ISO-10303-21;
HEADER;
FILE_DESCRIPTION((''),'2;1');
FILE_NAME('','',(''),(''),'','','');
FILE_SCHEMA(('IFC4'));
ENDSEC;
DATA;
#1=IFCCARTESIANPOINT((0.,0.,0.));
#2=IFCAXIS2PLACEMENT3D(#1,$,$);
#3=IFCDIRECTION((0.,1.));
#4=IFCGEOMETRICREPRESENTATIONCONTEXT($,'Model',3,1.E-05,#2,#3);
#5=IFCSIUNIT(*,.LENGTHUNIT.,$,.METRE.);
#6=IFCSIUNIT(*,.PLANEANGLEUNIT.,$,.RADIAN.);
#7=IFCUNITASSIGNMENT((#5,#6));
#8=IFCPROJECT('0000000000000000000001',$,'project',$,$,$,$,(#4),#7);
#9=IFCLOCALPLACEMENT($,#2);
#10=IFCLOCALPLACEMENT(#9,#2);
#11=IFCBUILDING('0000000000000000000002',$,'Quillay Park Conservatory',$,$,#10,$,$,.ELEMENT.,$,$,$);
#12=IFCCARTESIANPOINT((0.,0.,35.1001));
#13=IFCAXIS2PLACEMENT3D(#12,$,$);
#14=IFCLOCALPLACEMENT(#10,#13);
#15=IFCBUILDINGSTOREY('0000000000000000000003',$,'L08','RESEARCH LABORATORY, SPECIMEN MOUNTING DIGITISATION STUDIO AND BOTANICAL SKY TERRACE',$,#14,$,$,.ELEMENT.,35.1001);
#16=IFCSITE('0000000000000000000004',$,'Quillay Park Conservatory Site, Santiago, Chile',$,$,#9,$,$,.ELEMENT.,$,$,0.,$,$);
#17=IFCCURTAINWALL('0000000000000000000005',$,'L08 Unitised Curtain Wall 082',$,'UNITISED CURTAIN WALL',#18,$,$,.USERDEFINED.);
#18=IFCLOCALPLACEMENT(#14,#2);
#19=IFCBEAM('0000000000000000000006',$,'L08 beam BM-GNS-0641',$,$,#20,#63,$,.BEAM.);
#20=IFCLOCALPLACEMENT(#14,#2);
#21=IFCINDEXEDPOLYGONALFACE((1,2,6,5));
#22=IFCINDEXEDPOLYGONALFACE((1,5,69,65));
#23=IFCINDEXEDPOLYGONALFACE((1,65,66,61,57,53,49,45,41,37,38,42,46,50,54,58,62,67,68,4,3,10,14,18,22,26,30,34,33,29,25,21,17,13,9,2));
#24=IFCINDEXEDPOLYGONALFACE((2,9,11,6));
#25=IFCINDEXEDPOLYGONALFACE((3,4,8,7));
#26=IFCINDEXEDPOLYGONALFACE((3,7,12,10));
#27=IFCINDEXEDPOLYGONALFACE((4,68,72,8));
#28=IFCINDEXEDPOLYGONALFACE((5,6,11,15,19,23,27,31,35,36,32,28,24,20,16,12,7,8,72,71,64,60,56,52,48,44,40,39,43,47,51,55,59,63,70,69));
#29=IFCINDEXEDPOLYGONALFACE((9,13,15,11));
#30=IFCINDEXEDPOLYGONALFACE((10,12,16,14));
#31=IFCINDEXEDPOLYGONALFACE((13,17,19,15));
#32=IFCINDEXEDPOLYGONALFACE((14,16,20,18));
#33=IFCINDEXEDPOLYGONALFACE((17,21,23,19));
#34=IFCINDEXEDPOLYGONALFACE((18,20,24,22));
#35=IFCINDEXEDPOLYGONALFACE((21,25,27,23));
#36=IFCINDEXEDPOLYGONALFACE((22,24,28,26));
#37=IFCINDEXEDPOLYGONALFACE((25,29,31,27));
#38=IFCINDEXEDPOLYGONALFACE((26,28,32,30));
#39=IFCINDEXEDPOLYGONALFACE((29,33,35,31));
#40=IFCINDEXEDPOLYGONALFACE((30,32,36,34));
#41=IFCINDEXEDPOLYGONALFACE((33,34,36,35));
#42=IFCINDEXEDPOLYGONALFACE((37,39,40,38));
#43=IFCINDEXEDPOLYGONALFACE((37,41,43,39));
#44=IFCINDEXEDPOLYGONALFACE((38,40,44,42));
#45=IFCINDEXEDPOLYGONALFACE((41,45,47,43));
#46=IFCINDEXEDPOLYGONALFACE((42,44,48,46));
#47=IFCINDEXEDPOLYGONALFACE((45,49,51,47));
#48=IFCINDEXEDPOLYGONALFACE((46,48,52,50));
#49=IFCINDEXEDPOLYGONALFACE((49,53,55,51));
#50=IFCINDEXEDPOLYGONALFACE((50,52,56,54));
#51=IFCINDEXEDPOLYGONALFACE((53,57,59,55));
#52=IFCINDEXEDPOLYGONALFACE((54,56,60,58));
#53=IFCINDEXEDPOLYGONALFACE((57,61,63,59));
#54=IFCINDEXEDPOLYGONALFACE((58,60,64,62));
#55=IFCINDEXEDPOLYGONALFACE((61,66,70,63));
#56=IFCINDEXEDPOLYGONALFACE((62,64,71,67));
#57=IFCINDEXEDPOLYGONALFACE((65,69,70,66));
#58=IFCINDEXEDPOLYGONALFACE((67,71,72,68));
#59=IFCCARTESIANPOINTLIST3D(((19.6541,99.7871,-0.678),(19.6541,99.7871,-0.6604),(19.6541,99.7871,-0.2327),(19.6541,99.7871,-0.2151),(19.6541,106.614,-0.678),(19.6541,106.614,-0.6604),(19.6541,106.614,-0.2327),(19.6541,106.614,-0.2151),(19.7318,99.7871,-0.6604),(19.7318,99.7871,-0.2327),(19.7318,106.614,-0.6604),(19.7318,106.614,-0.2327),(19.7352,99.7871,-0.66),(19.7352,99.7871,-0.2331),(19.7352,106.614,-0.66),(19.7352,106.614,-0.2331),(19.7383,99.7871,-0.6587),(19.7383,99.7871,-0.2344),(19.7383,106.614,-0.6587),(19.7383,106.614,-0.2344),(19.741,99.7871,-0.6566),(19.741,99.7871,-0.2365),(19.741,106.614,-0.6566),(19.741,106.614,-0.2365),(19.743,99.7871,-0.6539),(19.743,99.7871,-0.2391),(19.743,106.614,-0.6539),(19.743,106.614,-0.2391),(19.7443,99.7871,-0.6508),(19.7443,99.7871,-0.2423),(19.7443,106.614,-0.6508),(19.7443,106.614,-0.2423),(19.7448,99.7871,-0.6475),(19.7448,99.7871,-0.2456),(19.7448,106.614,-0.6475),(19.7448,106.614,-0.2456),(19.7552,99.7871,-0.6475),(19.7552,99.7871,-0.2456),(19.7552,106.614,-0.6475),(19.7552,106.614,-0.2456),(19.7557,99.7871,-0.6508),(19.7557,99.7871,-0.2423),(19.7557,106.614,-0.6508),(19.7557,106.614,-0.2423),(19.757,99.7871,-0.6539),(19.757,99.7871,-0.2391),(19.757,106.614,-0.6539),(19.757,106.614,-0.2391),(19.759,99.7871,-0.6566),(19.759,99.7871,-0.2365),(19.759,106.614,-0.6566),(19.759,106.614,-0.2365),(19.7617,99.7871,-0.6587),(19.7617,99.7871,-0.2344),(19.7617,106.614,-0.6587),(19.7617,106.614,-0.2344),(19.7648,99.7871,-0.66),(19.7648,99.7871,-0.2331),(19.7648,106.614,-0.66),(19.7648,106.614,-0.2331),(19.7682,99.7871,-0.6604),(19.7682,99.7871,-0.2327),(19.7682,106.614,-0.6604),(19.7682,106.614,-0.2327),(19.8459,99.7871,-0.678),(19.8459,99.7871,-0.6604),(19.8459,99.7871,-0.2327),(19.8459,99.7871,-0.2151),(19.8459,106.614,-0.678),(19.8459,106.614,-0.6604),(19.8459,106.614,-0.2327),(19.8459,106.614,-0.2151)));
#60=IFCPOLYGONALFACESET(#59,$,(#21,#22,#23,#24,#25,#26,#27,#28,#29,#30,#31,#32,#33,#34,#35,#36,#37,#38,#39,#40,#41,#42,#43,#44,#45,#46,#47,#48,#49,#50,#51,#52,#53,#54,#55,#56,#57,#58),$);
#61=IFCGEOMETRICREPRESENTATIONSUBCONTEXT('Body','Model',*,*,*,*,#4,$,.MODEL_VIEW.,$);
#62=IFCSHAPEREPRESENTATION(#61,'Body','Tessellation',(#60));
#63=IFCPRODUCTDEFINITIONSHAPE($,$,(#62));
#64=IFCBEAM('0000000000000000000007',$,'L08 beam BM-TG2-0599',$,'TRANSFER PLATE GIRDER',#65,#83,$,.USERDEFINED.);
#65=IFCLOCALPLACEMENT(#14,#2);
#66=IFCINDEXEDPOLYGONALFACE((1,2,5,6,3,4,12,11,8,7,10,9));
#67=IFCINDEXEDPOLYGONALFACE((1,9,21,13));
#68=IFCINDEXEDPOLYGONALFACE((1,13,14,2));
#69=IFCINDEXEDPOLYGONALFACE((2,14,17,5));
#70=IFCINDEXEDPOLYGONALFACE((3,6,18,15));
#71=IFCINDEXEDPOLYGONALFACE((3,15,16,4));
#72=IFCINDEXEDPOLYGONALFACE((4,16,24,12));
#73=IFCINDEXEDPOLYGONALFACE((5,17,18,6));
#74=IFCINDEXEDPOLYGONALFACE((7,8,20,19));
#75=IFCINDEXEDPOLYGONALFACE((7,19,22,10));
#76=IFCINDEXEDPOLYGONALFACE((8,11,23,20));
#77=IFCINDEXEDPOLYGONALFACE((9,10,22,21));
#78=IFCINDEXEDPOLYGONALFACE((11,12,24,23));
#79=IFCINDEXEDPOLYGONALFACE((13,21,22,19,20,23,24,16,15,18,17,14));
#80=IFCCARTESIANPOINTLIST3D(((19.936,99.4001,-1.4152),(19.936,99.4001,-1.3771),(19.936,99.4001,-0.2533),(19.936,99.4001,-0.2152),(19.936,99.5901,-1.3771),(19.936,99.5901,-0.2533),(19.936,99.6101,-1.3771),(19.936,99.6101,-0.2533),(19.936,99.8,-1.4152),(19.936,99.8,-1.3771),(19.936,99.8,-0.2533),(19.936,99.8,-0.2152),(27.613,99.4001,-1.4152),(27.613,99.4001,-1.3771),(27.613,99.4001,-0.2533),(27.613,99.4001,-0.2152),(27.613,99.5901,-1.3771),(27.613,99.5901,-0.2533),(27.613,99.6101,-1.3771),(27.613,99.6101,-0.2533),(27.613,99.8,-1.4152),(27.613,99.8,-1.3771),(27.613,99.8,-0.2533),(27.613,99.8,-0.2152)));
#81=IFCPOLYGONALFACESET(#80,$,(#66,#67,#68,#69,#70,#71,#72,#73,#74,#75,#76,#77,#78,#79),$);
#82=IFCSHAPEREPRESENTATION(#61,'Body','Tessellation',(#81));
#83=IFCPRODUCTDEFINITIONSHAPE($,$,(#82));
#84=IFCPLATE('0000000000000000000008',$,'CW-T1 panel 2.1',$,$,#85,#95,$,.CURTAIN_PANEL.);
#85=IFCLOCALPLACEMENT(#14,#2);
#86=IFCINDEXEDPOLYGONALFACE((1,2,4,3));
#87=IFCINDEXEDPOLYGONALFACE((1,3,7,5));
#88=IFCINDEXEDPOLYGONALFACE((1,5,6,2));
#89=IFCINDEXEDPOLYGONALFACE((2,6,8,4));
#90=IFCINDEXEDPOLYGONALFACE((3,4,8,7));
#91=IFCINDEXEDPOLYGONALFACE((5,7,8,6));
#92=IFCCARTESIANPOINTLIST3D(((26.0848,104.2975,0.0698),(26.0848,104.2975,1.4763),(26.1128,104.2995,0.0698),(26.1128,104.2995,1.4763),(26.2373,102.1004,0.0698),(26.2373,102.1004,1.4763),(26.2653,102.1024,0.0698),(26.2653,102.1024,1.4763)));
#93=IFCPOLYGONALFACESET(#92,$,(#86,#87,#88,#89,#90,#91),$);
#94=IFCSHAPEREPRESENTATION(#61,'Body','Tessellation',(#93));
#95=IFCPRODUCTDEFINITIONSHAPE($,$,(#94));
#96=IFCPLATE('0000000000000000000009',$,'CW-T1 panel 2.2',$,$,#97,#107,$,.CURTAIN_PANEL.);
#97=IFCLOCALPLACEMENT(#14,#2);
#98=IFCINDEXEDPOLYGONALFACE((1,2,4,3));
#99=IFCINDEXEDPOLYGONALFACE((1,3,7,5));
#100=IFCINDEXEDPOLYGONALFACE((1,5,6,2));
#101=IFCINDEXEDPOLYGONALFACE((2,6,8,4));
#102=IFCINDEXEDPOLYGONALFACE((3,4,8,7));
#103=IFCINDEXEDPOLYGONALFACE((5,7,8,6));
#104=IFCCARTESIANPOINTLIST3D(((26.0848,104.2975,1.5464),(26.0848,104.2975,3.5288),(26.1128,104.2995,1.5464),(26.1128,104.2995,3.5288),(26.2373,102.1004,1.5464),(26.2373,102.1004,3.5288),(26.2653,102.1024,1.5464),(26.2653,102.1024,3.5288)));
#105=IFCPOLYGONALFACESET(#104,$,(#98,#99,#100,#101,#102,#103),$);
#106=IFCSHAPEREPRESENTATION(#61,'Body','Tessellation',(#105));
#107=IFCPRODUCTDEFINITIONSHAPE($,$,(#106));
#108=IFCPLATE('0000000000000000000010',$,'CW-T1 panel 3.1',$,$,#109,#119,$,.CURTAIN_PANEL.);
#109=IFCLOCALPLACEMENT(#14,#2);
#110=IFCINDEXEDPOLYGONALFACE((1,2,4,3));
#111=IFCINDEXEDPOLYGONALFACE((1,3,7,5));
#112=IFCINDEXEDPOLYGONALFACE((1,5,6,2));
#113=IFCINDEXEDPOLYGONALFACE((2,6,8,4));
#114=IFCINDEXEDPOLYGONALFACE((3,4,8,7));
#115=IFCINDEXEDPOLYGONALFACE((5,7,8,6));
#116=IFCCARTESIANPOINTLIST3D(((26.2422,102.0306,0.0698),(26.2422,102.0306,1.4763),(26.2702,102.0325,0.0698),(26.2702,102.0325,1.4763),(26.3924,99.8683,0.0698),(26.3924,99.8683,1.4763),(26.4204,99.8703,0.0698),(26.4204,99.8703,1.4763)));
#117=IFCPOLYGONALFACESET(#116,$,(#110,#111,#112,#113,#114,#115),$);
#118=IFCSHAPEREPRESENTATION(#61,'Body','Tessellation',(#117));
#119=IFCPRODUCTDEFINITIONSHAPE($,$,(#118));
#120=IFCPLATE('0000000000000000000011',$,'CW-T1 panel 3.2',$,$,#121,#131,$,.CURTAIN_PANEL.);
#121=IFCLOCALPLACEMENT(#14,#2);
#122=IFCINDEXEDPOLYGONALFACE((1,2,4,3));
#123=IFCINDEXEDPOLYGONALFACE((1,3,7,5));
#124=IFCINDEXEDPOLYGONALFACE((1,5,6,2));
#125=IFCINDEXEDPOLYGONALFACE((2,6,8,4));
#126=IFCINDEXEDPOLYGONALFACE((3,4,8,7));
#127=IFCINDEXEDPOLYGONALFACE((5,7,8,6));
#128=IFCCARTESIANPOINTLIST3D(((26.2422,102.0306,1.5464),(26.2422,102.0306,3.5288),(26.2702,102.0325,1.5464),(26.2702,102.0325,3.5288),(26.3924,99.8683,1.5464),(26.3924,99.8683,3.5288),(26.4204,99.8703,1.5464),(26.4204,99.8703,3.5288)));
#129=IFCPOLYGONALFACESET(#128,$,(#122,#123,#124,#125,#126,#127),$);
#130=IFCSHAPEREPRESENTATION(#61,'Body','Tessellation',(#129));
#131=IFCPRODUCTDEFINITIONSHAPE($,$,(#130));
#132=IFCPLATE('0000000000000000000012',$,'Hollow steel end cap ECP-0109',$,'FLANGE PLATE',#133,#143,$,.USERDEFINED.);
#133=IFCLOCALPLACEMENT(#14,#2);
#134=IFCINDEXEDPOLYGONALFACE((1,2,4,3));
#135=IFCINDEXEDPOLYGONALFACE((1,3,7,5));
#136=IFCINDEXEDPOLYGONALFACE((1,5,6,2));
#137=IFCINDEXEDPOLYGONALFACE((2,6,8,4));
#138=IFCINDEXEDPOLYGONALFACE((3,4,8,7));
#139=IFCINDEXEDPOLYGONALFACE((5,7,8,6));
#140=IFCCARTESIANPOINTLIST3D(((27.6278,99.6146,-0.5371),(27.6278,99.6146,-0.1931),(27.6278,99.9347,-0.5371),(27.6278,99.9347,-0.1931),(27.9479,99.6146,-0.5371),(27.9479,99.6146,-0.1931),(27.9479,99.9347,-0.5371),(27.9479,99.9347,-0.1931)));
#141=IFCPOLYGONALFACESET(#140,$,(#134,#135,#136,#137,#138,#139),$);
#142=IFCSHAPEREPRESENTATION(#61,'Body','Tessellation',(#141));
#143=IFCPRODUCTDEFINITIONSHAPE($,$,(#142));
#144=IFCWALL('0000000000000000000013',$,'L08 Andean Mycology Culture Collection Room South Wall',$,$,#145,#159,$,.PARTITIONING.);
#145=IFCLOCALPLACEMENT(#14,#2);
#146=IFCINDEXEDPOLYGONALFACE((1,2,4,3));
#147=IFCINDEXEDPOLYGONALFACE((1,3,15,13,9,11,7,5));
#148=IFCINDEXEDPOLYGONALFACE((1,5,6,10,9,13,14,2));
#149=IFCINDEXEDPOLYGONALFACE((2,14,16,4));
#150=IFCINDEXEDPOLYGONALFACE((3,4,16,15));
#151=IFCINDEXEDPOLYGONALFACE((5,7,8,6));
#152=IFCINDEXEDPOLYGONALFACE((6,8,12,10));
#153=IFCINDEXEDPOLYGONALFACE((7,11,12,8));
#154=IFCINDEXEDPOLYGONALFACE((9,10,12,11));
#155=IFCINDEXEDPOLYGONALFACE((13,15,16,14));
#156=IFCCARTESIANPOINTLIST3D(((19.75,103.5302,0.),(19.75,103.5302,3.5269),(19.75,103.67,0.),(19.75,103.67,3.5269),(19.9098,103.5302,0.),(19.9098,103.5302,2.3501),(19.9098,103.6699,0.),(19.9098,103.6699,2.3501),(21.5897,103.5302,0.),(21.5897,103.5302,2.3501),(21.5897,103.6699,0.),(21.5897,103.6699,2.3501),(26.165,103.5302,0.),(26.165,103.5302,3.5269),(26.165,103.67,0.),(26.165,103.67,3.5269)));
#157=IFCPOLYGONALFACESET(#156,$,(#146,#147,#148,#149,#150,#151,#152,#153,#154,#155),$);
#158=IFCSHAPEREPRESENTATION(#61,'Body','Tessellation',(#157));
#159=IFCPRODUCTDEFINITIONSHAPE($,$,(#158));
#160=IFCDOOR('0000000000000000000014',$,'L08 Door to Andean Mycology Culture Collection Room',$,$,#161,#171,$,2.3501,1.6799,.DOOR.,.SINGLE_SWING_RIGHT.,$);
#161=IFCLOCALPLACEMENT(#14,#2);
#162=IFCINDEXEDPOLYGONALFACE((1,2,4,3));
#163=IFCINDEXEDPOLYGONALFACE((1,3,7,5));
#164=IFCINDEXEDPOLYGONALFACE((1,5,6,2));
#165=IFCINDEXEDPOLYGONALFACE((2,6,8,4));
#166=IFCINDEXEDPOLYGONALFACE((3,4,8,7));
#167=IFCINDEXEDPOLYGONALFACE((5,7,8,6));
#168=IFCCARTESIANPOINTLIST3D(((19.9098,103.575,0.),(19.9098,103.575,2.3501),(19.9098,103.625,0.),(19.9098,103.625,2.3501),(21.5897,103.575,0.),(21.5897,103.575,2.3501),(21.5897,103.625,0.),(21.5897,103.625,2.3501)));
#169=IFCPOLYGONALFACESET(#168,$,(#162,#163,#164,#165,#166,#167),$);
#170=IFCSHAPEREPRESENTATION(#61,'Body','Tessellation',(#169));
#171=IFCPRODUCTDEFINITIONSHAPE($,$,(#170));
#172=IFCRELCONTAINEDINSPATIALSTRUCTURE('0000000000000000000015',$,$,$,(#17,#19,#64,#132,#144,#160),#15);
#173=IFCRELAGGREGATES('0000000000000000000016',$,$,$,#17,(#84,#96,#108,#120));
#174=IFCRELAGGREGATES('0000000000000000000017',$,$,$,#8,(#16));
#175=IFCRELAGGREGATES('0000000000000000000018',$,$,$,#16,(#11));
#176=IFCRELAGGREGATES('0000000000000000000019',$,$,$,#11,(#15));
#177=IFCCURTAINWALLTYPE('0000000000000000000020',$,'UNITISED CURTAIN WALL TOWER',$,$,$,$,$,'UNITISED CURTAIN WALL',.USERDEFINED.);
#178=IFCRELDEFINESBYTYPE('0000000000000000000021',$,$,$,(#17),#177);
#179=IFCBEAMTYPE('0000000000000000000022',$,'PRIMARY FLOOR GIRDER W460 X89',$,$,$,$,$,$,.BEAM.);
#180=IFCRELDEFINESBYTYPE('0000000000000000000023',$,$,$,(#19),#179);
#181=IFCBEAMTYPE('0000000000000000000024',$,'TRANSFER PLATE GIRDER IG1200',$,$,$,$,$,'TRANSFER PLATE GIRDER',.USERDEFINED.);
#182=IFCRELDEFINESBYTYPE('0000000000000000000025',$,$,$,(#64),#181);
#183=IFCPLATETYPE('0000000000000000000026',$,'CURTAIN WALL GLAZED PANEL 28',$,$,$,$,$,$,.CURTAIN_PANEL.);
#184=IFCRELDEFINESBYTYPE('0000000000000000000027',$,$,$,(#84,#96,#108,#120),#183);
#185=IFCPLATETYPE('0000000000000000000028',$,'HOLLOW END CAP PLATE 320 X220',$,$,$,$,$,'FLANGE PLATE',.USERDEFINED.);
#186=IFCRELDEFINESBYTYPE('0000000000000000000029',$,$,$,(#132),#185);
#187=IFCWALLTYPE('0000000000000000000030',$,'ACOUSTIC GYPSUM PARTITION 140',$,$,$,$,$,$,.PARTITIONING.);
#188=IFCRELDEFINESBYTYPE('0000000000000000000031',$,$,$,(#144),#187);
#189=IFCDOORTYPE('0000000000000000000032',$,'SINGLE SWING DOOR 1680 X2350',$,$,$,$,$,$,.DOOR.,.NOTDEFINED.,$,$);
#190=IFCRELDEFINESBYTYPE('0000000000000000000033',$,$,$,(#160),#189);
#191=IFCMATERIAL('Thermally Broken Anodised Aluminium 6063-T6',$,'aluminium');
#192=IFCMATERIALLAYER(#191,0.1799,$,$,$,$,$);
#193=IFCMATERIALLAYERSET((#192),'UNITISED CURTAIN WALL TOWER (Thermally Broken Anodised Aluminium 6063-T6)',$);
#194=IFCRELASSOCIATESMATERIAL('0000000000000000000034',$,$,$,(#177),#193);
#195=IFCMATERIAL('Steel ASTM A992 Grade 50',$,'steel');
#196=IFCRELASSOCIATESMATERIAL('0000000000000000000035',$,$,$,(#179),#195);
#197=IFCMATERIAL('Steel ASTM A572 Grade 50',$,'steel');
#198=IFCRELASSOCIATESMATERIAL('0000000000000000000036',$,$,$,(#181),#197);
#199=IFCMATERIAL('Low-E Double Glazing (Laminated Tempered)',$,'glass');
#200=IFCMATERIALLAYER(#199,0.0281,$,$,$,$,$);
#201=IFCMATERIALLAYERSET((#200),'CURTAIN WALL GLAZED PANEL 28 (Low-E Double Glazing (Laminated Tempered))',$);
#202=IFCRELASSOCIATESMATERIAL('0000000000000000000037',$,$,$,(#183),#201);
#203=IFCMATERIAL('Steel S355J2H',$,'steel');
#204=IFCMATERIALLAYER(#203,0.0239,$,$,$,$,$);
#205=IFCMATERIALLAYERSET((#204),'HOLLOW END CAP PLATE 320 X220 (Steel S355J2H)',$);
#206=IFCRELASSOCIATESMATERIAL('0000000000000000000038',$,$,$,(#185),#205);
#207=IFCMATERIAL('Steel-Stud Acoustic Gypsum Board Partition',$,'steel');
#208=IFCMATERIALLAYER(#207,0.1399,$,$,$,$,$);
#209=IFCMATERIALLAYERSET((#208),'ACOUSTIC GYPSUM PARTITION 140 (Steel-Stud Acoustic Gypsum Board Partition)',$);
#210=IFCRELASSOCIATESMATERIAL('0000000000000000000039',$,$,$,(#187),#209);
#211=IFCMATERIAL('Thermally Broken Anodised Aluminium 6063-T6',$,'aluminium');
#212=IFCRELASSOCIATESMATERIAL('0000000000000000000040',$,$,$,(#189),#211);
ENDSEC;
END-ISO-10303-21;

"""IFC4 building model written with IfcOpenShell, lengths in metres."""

from ifc_helpers import new_model, si_unit, direction, frame, frame_2d, origin, origin_2d, place, context, subcontext, project, spatial, rectangle, i_section, extrude, material, layer, layer_set, material_profile, profile_set, type_object, element, fill, aggregate, save


model = new_model("IFC4")

# Units and contexts
model_context = context("Model", 3, precision=1e-05, world=origin(), true_north=direction((0.0, 1.0)))
body_context = subcontext(model_context, "Body", "Model", "MODEL_VIEW")
ifc_project = project(units=[si_unit("LENGTHUNIT", "METRE"), si_unit("PLANEANGLEUNIT", "RADIAN")], contexts=[model_context])

# Site, building, storey
site_placement = place(None, origin())
site = spatial("IfcSite", under=ifc_project, at=site_placement, Name="Quillay Park Conservatory Site, Santiago, Chile", CompositionType="ELEMENT", RefElevation=0.0)
building_placement = place(site_placement, origin())
building = spatial("IfcBuilding", under=site, at=building_placement, Name="Quillay Park Conservatory", CompositionType="ELEMENT")
storey_placement = place(building_placement, frame((0.0, 0.0, 35.1001)))
storey = spatial("IfcBuildingStorey", under=building, at=storey_placement, Name="L08", Description="RESEARCH LABORATORY, SPECIMEN MOUNTING DIGITISATION STUDIO AND BOTANICAL SKY TERRACE", CompositionType="ELEMENT", Elevation=35.1001)

# Curtain wall
ifc_material_1 = material(Name="Thermally Broken Anodised Aluminium 6063-T6", Category="aluminium")
ifc_layer_1 = layer(ifc_material_1, 0.1799)
ifc_layer_set_1 = layer_set([ifc_layer_1], Name="UNITISED CURTAIN WALL TOWER (Thermally Broken Anodised Aluminium 6063-T6)")
curtain_wall_type = type_object("IfcCurtainWallType", Name="UNITISED CURTAIN WALL TOWER", ElementType="UNITISED CURTAIN WALL", PredefinedType="USERDEFINED", material=ifc_layer_set_1)
curtain_wall_placement = place(storey_placement, origin())
curtain_wall = element("IfcCurtainWall", 1, at=curtain_wall_placement, inside=storey, type_object=curtain_wall_type, Name="L08 Unitised Curtain Wall 082", ObjectType="UNITISED CURTAIN WALL", PredefinedType="USERDEFINED")

# Beams
ifc_material_2 = material(Name="Steel ASTM A992 Grade 50", Category="steel")
ifc_material_profile_1 = material_profile(ifc_material_2, i_section(OverallWidth=0.1919, OverallDepth=0.4629, WebThickness=0.0105, FlangeThickness=0.0176, FilletRadius=0.0129, at=origin_2d()), Name="W460x89")
ifc_profile_set_1 = profile_set([ifc_material_profile_1], Name="Steel ASTM A992 Grade 50")
beam_type_1 = type_object("IfcBeamType", Name="PRIMARY FLOOR GIRDER W460 X89", PredefinedType="BEAM", material=ifc_profile_set_1)
beam_1_placement = place(storey_placement, frame((19.75, 99.7871, -0.4465), z_axis=(0.0, 1.0, 0.0), x_axis=(-1.0, 0.0, 0.0)))
element("IfcBeam", 2, at=beam_1_placement, inside=storey, type_object=beam_type_1, Name="L08 beam BM-GNS-0641", PredefinedType="BEAM", context=body_context, shape_type="SweptSolid", body=[
    extrude(i_section(OverallWidth=0.1919, OverallDepth=0.4629, WebThickness=0.0105, FlangeThickness=0.0176, FilletRadius=0.0129, at=origin_2d()), origin(), (0.0, 0.0, 1.0), 6.8269),
])
ifc_material_3 = material(Name="Steel ASTM A572 Grade 50", Category="steel")
ifc_material_profile_2 = material_profile(ifc_material_3, i_section(OverallWidth=0.3999, OverallDepth=1.2, WebThickness=0.02, FlangeThickness=0.0381, at=origin_2d()), Name="IG1200x400")
ifc_profile_set_2 = profile_set([ifc_material_profile_2], Name="Steel ASTM A572 Grade 50")
beam_type_2 = type_object("IfcBeamType", Name="TRANSFER PLATE GIRDER IG1200", ElementType="TRANSFER PLATE GIRDER", PredefinedType="USERDEFINED", material=ifc_profile_set_2)
beam_2_placement = place(storey_placement, frame((19.936, 99.6001, -0.8152), z_axis=(1.0, 0.0, 0.0), x_axis=(0.0, 1.0, 0.0)))
element("IfcBeam", 3, at=beam_2_placement, inside=storey, type_object=beam_type_2, Name="L08 beam BM-TG2-0599", ObjectType="TRANSFER PLATE GIRDER", PredefinedType="USERDEFINED", context=body_context, shape_type="SweptSolid", body=[
    extrude(i_section(OverallWidth=0.3999, OverallDepth=1.2, WebThickness=0.02, FlangeThickness=0.0381, at=origin_2d()), origin(), (0.0, 0.0, 1.0), 7.677),
])

# Plates
ifc_material_4 = material(Name="Low-E Double Glazing (Laminated Tempered)", Category="glass")
ifc_layer_2 = layer(ifc_material_4, 0.0281)
ifc_layer_set_2 = layer_set([ifc_layer_2], Name="CURTAIN WALL GLAZED PANEL 28 (Low-E Double Glazing (Laminated Tempered))")
plate_type_1 = type_object("IfcPlateType", Name="CURTAIN WALL GLAZED PANEL 28", PredefinedType="CURTAIN_PANEL", material=ifc_layer_set_2)
plate_1_placement = place(storey_placement, frame((26.175, 103.2, 0.0698), z_axis=(0.0, 0.0, 1.0), x_axis=(0.069264, -0.997598, 0.0)))
plate_1 = element("IfcPlate", 4, at=plate_1_placement, type_object=plate_type_1, Name="CW-T1 panel 2.1", PredefinedType="CURTAIN_PANEL", context=body_context, shape_type="SweptSolid", body=[
    extrude(rectangle(XDim=2.2024, YDim=0.0281, at=origin_2d()), origin(), (0.0, 0.0, 1.0), 1.4065),
])
plate_2_placement = place(storey_placement, frame((26.175, 103.2, 1.5464), z_axis=(0.0, 0.0, 1.0), x_axis=(0.069264, -0.997598, 0.0)))
plate_2 = element("IfcPlate", 5, at=plate_2_placement, type_object=plate_type_1, Name="CW-T1 panel 2.2", PredefinedType="CURTAIN_PANEL", context=body_context, shape_type="SweptSolid", body=[
    extrude(rectangle(XDim=2.2024, YDim=0.0281, at=origin_2d()), origin(), (0.0, 0.0, 1.0), 1.9824),
])
plate_3_placement = place(storey_placement, frame((26.3313, 100.9504, 0.0698), z_axis=(0.0, 0.0, 1.0), x_axis=(0.069264, -0.997598, 0.0)))
plate_3 = element("IfcPlate", 6, at=plate_3_placement, type_object=plate_type_1, Name="CW-T1 panel 3.1", PredefinedType="CURTAIN_PANEL", context=body_context, shape_type="SweptSolid", body=[
    extrude(rectangle(XDim=2.1675, YDim=0.0281, at=origin_2d()), origin(), (0.0, 0.0, 1.0), 1.4065),
])
plate_4_placement = place(storey_placement, frame((26.3313, 100.9504, 1.5464), z_axis=(0.0, 0.0, 1.0), x_axis=(0.069264, -0.997598, 0.0)))
plate_4 = element("IfcPlate", 7, at=plate_4_placement, type_object=plate_type_1, Name="CW-T1 panel 3.2", PredefinedType="CURTAIN_PANEL", context=body_context, shape_type="SweptSolid", body=[
    extrude(rectangle(XDim=2.1675, YDim=0.0281, at=origin_2d()), origin(), (0.0, 0.0, 1.0), 1.9824),
])
aggregate(curtain_wall, [plate_1, plate_2, plate_3, plate_4])
ifc_material_5 = material(Name="Steel S355J2H", Category="steel")
ifc_layer_3 = layer(ifc_material_5, 0.0239)
ifc_layer_set_3 = layer_set([ifc_layer_3], Name="HOLLOW END CAP PLATE 320 X220 (Steel S355J2H)")
plate_type_2 = type_object("IfcPlateType", Name="HOLLOW END CAP PLATE 320 X220", ElementType="FLANGE PLATE", PredefinedType="USERDEFINED", material=ifc_layer_set_3)
plate_5_placement = place(storey_placement, frame((27.7878, 99.7747, -0.5371), z_axis=(0.0, 0.0, 1.0), x_axis=(1.0, 0.0, 0.0)))
element("IfcPlate", 8, at=plate_5_placement, inside=storey, type_object=plate_type_2, Name="Hollow steel end cap ECP-0109", ObjectType="FLANGE PLATE", PredefinedType="USERDEFINED", context=body_context, shape_type="SweptSolid", body=[
    extrude(rectangle(XDim=0.3201, YDim=0.3201, at=origin_2d()), origin(), (0.0, 0.0, 1.0), 0.344),
])

# Wall, opening, door
ifc_material_6 = material(Name="Steel-Stud Acoustic Gypsum Board Partition", Category="steel")
ifc_layer_4 = layer(ifc_material_6, 0.1399)
ifc_layer_set_4 = layer_set([ifc_layer_4], Name="ACOUSTIC GYPSUM PARTITION 140 (Steel-Stud Acoustic Gypsum Board Partition)")
wall_type_1 = type_object("IfcWallType", Name="ACOUSTIC GYPSUM PARTITION 140", PredefinedType="PARTITIONING", material=ifc_layer_set_4)
wall_1_placement = place(storey_placement, frame((19.75, 103.6001, 0.0), z_axis=(0.0, 0.0, 1.0), x_axis=(1.0, 0.0, 0.0)))
wall_1 = element("IfcWall", 9, at=wall_1_placement, inside=storey, type_object=wall_type_1, Name="L08 Andean Mycology Culture Collection Room South Wall", PredefinedType="PARTITIONING", context=body_context, shape_type="SweptSolid", body=[
    extrude(rectangle(XDim=6.415, YDim=0.1399, at=frame_2d((3.2075, 0.0))), origin(), (0.0, 0.0, 1.0), 3.5269),
])
opening_1_placement = place(wall_1_placement, frame((0.1599, 0.0, 0.0)))
opening_1 = element("IfcOpeningElement", 10, at=opening_1_placement, cuts=wall_1, PredefinedType="OPENING", context=body_context, shape_type="SweptSolid", body=[
    extrude(rectangle(XDim=1.6799, YDim=2.3501, at=frame_2d((0.8398, 1.175))), frame((0.0, 0.0698, 0.0), z_axis=(0.0, -1.0, 0.0), x_axis=(1.0, 0.0, 0.0)), (0.0, 0.0, 1.0), 0.1399),
])
ifc_material_7 = material(Name="Thermally Broken Anodised Aluminium 6063-T6", Category="aluminium")
door_type_1 = type_object("IfcDoorType", Name="SINGLE SWING DOOR 1680 X2350", OperationType="NOTDEFINED", PredefinedType="DOOR", material=ifc_material_7)
door_1_placement = place(opening_1_placement, origin())
door_1 = element("IfcDoor", 11, at=door_1_placement, inside=storey, type_object=door_type_1, Name="L08 Door to Andean Mycology Culture Collection Room", OperationType="SINGLE_SWING_RIGHT", OverallHeight=2.3501, OverallWidth=1.6799, PredefinedType="DOOR", context=body_context, shape_type="SweptSolid", body=[
    extrude(rectangle(XDim=1.6799, YDim=2.3501, at=frame_2d((0.8398, 1.175))), frame((0.0, 0.0249, 0.0), z_axis=(0.0, -1.0, 0.0), x_axis=(1.0, 0.0, 0.0)), (0.0, 0.0, 1.0), 0.05),
])
fill(opening_1, door_1)

save(model, "model.ifc")
